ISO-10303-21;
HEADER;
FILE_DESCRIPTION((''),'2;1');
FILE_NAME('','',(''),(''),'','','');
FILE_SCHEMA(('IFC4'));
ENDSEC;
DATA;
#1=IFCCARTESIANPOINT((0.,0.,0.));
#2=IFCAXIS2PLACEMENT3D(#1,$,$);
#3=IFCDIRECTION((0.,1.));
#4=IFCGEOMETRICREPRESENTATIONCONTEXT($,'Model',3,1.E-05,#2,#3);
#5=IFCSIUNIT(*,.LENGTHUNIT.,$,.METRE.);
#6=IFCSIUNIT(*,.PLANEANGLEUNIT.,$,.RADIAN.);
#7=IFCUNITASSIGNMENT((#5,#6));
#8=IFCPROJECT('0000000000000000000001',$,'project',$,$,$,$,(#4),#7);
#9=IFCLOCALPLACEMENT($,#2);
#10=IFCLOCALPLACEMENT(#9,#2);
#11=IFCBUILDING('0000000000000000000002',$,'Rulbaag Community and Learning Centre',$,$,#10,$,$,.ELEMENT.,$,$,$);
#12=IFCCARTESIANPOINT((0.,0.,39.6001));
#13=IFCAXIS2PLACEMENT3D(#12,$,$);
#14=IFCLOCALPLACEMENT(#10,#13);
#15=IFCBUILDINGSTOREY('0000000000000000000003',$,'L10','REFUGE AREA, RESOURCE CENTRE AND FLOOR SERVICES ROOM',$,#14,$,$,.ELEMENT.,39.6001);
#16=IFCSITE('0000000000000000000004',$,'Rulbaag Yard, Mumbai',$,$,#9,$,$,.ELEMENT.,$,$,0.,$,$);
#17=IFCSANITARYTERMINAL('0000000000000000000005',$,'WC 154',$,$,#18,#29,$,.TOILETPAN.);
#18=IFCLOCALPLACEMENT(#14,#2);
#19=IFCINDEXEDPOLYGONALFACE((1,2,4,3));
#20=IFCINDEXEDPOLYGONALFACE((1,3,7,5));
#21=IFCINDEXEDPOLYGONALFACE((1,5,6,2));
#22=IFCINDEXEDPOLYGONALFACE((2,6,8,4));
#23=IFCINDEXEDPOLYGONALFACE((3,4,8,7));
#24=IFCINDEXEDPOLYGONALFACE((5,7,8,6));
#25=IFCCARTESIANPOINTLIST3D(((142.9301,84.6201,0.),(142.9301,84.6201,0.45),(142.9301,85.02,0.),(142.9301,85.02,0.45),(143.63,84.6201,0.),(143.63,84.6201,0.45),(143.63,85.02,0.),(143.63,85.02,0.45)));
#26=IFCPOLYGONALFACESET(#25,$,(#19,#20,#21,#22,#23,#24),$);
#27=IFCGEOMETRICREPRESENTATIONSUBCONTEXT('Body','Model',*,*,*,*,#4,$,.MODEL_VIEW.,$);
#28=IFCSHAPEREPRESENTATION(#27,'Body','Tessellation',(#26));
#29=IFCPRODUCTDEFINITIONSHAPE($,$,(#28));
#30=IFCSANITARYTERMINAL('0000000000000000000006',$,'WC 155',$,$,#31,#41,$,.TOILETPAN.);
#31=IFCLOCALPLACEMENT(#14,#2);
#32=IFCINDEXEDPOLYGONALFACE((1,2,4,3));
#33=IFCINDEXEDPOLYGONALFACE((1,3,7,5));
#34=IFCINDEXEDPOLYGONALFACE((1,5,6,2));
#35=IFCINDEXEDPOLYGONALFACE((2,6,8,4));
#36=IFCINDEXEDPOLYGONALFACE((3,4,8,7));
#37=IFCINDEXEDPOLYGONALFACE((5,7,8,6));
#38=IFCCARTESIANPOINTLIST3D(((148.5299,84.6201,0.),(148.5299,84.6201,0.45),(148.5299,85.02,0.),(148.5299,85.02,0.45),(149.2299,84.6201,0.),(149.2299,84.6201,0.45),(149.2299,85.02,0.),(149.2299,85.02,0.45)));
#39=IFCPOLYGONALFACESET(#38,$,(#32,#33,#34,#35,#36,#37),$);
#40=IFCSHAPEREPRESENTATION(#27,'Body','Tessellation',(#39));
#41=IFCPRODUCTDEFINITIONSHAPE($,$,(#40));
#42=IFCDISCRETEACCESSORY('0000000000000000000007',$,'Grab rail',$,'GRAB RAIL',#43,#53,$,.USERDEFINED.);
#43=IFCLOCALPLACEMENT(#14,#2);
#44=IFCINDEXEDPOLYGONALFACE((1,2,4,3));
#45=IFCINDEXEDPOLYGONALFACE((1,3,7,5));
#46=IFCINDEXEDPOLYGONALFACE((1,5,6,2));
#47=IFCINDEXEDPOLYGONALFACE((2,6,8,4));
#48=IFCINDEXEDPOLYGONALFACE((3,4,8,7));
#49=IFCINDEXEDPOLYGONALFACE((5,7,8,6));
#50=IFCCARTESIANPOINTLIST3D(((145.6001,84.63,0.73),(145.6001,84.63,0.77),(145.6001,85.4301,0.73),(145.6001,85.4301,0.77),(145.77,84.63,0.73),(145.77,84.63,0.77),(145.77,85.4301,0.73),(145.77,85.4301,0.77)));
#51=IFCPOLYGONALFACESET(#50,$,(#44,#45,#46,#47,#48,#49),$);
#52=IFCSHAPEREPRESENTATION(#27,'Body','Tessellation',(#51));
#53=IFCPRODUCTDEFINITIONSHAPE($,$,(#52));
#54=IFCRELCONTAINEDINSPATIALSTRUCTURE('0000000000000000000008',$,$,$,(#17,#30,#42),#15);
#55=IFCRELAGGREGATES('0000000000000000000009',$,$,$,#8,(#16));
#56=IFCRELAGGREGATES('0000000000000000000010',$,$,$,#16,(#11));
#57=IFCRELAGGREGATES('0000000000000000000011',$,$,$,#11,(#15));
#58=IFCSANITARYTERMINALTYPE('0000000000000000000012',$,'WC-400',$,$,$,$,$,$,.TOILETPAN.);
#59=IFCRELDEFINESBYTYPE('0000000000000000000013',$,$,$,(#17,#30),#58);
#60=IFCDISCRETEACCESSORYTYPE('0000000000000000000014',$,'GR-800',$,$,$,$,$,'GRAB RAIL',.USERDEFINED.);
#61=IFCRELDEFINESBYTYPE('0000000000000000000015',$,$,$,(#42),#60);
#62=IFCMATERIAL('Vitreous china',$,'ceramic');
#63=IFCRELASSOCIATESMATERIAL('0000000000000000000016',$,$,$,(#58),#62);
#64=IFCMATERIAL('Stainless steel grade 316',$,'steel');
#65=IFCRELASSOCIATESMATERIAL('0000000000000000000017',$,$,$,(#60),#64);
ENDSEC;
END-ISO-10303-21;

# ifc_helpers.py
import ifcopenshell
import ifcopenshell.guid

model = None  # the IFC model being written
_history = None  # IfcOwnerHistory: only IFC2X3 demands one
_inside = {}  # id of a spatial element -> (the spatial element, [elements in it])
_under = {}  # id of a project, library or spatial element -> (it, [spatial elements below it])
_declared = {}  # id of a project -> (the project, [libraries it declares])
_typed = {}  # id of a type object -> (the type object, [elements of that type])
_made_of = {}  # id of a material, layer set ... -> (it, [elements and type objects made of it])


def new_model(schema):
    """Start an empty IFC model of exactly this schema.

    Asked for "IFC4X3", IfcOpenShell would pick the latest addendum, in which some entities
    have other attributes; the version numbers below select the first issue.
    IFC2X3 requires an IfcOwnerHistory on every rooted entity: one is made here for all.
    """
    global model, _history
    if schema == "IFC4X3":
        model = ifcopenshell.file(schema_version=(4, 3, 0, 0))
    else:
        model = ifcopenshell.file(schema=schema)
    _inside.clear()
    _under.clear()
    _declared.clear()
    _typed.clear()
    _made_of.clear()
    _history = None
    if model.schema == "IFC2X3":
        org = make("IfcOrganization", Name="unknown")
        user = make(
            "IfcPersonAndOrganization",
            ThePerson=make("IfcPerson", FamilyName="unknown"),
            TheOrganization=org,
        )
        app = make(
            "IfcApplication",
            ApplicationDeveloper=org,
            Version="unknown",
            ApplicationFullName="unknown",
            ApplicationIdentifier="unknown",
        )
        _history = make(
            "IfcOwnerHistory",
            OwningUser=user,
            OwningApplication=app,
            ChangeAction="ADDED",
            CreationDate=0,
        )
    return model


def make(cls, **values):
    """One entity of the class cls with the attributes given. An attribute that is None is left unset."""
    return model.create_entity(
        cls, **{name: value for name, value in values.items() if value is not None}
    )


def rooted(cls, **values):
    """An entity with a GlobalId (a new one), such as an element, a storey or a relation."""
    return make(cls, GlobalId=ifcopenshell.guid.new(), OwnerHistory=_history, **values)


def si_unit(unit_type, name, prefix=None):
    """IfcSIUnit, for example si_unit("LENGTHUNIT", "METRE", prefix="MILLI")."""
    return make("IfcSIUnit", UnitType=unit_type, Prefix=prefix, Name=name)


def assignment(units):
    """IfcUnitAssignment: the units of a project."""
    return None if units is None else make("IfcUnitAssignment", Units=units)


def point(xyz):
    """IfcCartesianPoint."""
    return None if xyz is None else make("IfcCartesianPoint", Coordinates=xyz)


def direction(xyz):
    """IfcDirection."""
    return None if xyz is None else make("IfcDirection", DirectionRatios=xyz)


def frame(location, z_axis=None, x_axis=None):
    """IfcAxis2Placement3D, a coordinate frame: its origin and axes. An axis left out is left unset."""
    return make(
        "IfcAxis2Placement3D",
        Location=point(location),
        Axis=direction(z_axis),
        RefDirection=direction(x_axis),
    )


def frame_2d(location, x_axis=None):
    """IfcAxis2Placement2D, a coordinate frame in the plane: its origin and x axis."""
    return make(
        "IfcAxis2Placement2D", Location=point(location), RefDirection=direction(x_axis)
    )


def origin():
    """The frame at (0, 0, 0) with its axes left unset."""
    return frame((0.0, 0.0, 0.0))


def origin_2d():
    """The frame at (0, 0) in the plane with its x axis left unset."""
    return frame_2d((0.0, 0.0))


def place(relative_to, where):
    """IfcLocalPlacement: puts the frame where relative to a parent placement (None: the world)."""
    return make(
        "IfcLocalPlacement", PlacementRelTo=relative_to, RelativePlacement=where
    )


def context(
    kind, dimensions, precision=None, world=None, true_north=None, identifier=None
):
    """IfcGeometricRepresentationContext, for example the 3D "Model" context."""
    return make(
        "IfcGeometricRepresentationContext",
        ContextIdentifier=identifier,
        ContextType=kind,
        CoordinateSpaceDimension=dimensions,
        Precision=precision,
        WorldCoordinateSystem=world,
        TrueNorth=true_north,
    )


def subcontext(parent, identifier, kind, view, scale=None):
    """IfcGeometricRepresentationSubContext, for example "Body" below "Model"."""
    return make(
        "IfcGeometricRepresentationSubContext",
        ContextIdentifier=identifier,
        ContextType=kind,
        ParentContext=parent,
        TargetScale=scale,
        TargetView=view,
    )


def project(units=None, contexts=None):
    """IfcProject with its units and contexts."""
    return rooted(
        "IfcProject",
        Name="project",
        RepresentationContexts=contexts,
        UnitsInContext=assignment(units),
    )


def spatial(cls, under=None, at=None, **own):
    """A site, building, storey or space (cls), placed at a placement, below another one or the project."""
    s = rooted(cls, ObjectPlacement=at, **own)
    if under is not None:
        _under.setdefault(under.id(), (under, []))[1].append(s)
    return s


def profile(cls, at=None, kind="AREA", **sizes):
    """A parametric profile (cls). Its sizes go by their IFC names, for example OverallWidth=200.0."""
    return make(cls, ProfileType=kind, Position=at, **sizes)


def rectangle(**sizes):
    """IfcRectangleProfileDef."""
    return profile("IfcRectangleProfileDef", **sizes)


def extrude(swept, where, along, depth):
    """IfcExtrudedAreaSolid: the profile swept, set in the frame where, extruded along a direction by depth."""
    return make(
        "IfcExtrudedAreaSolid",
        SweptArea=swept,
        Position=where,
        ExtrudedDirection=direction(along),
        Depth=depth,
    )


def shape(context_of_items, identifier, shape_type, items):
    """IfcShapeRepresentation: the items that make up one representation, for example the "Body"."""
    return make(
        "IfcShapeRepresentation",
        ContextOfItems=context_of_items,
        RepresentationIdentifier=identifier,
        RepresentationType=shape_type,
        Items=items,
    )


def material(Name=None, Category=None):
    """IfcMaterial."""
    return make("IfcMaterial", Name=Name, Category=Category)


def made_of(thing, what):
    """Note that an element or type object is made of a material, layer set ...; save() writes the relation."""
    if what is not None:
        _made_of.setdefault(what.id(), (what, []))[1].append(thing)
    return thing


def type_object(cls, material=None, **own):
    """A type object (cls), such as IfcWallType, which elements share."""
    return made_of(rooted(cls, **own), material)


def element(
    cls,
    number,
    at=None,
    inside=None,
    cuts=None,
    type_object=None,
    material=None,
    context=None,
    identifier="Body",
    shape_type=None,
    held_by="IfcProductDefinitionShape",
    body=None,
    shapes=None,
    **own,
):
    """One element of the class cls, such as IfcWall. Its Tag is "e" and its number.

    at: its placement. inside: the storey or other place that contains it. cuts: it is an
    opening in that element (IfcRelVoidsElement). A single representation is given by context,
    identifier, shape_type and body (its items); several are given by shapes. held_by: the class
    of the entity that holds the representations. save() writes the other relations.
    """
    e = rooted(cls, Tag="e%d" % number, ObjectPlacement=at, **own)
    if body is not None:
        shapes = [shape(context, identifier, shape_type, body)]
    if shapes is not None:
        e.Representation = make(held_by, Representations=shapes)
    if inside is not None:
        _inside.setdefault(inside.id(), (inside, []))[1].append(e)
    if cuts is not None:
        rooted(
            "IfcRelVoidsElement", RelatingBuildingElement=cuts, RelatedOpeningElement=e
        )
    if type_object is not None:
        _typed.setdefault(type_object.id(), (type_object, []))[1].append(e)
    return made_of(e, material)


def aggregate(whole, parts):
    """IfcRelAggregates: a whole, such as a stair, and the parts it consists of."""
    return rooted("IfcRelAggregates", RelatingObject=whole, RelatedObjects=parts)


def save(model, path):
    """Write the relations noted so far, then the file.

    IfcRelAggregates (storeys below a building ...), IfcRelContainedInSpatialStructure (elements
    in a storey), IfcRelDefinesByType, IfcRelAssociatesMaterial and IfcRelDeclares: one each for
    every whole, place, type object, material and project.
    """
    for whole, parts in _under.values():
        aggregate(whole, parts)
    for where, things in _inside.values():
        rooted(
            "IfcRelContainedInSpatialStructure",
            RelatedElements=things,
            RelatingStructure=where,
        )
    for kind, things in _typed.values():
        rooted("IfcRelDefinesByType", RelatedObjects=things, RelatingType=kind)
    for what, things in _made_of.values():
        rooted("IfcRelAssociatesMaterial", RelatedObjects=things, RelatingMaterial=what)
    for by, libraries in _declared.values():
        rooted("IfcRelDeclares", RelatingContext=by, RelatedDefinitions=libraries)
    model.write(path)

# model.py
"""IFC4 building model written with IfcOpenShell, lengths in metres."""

from ifc_helpers import new_model, si_unit, direction, frame, origin, origin_2d, place, context, subcontext, project, spatial, rectangle, extrude, material, type_object, element, save


model = new_model("IFC4")

# Units and contexts
model_context = context("Model", 3, precision=1e-05, world=origin(), true_north=direction((0.0, 1.0)))
body_context = subcontext(model_context, "Body", "Model", "MODEL_VIEW")
ifc_project = project(units=[si_unit("LENGTHUNIT", "METRE"), si_unit("PLANEANGLEUNIT", "RADIAN")], contexts=[model_context])

# Site, building, storey
site_placement = place(None, origin())
site = spatial("IfcSite", under=ifc_project, at=site_placement, Name="Rulbaag Yard, Mumbai", CompositionType="ELEMENT", RefElevation=0.0)
building_placement = place(site_placement, origin())
building = spatial("IfcBuilding", under=site, at=building_placement, Name="Rulbaag Community and Learning Centre", CompositionType="ELEMENT")
storey_placement = place(building_placement, frame((0.0, 0.0, 39.6001)))
storey = spatial("IfcBuildingStorey", under=building, at=storey_placement, Name="L10", Description="REFUGE AREA, RESOURCE CENTRE AND FLOOR SERVICES ROOM", CompositionType="ELEMENT", Elevation=39.6001)

# Shared definitions
ifc_material_1 = material(Name="Stainless steel grade 316", Category="steel")

# Sanitary terminals
ifc_material_2 = material(Name="Vitreous china", Category="ceramic")
sanitary_terminal_type_1 = type_object("IfcSanitaryTerminalType", Name="WC-400", PredefinedType="TOILETPAN", material=ifc_material_2)
for number, where, z_axis, x_axis, name in (
    (1, (143.28, 84.8201, 0.0), (0.0, 0.0, 1.0), (1.0, 0.0, 0.0), "WC 154"),
    (2, (148.8799, 84.8201, 0.0), (0.0, 0.0, 1.0), (1.0, 0.0, 0.0), "WC 155"),
):
    element("IfcSanitaryTerminal", number, at=place(storey_placement, frame(where, z_axis=z_axis, x_axis=x_axis)), inside=storey, type_object=sanitary_terminal_type_1, Name=name, PredefinedType="TOILETPAN", context=body_context, shape_type="SweptSolid", body=[
        extrude(rectangle(XDim=0.7, YDim=0.3999, at=origin_2d()), origin(), (0.0, 0.0, 1.0), 0.45),
    ])

# Discrete accessory
discrete_accessory_type = type_object("IfcDiscreteAccessoryType", Name="GR-800", ElementType="GRAB RAIL", PredefinedType="USERDEFINED", material=ifc_material_1)
discrete_accessory_placement = place(storey_placement, frame((145.6851, 85.03, 0.73), z_axis=(0.0, 0.0, 1.0), x_axis=(1.0, 0.0, 0.0)))
element("IfcDiscreteAccessory", 3, at=discrete_accessory_placement, inside=storey, type_object=discrete_accessory_type, Name="Grab rail", ObjectType="GRAB RAIL", PredefinedType="USERDEFINED", context=body_context, shape_type="SweptSolid", body=[
    extrude(rectangle(XDim=0.1699, YDim=0.8, at=origin_2d()), origin(), (0.0, 0.0, 1.0), 0.04),
])

save(model, "model.ifc")
